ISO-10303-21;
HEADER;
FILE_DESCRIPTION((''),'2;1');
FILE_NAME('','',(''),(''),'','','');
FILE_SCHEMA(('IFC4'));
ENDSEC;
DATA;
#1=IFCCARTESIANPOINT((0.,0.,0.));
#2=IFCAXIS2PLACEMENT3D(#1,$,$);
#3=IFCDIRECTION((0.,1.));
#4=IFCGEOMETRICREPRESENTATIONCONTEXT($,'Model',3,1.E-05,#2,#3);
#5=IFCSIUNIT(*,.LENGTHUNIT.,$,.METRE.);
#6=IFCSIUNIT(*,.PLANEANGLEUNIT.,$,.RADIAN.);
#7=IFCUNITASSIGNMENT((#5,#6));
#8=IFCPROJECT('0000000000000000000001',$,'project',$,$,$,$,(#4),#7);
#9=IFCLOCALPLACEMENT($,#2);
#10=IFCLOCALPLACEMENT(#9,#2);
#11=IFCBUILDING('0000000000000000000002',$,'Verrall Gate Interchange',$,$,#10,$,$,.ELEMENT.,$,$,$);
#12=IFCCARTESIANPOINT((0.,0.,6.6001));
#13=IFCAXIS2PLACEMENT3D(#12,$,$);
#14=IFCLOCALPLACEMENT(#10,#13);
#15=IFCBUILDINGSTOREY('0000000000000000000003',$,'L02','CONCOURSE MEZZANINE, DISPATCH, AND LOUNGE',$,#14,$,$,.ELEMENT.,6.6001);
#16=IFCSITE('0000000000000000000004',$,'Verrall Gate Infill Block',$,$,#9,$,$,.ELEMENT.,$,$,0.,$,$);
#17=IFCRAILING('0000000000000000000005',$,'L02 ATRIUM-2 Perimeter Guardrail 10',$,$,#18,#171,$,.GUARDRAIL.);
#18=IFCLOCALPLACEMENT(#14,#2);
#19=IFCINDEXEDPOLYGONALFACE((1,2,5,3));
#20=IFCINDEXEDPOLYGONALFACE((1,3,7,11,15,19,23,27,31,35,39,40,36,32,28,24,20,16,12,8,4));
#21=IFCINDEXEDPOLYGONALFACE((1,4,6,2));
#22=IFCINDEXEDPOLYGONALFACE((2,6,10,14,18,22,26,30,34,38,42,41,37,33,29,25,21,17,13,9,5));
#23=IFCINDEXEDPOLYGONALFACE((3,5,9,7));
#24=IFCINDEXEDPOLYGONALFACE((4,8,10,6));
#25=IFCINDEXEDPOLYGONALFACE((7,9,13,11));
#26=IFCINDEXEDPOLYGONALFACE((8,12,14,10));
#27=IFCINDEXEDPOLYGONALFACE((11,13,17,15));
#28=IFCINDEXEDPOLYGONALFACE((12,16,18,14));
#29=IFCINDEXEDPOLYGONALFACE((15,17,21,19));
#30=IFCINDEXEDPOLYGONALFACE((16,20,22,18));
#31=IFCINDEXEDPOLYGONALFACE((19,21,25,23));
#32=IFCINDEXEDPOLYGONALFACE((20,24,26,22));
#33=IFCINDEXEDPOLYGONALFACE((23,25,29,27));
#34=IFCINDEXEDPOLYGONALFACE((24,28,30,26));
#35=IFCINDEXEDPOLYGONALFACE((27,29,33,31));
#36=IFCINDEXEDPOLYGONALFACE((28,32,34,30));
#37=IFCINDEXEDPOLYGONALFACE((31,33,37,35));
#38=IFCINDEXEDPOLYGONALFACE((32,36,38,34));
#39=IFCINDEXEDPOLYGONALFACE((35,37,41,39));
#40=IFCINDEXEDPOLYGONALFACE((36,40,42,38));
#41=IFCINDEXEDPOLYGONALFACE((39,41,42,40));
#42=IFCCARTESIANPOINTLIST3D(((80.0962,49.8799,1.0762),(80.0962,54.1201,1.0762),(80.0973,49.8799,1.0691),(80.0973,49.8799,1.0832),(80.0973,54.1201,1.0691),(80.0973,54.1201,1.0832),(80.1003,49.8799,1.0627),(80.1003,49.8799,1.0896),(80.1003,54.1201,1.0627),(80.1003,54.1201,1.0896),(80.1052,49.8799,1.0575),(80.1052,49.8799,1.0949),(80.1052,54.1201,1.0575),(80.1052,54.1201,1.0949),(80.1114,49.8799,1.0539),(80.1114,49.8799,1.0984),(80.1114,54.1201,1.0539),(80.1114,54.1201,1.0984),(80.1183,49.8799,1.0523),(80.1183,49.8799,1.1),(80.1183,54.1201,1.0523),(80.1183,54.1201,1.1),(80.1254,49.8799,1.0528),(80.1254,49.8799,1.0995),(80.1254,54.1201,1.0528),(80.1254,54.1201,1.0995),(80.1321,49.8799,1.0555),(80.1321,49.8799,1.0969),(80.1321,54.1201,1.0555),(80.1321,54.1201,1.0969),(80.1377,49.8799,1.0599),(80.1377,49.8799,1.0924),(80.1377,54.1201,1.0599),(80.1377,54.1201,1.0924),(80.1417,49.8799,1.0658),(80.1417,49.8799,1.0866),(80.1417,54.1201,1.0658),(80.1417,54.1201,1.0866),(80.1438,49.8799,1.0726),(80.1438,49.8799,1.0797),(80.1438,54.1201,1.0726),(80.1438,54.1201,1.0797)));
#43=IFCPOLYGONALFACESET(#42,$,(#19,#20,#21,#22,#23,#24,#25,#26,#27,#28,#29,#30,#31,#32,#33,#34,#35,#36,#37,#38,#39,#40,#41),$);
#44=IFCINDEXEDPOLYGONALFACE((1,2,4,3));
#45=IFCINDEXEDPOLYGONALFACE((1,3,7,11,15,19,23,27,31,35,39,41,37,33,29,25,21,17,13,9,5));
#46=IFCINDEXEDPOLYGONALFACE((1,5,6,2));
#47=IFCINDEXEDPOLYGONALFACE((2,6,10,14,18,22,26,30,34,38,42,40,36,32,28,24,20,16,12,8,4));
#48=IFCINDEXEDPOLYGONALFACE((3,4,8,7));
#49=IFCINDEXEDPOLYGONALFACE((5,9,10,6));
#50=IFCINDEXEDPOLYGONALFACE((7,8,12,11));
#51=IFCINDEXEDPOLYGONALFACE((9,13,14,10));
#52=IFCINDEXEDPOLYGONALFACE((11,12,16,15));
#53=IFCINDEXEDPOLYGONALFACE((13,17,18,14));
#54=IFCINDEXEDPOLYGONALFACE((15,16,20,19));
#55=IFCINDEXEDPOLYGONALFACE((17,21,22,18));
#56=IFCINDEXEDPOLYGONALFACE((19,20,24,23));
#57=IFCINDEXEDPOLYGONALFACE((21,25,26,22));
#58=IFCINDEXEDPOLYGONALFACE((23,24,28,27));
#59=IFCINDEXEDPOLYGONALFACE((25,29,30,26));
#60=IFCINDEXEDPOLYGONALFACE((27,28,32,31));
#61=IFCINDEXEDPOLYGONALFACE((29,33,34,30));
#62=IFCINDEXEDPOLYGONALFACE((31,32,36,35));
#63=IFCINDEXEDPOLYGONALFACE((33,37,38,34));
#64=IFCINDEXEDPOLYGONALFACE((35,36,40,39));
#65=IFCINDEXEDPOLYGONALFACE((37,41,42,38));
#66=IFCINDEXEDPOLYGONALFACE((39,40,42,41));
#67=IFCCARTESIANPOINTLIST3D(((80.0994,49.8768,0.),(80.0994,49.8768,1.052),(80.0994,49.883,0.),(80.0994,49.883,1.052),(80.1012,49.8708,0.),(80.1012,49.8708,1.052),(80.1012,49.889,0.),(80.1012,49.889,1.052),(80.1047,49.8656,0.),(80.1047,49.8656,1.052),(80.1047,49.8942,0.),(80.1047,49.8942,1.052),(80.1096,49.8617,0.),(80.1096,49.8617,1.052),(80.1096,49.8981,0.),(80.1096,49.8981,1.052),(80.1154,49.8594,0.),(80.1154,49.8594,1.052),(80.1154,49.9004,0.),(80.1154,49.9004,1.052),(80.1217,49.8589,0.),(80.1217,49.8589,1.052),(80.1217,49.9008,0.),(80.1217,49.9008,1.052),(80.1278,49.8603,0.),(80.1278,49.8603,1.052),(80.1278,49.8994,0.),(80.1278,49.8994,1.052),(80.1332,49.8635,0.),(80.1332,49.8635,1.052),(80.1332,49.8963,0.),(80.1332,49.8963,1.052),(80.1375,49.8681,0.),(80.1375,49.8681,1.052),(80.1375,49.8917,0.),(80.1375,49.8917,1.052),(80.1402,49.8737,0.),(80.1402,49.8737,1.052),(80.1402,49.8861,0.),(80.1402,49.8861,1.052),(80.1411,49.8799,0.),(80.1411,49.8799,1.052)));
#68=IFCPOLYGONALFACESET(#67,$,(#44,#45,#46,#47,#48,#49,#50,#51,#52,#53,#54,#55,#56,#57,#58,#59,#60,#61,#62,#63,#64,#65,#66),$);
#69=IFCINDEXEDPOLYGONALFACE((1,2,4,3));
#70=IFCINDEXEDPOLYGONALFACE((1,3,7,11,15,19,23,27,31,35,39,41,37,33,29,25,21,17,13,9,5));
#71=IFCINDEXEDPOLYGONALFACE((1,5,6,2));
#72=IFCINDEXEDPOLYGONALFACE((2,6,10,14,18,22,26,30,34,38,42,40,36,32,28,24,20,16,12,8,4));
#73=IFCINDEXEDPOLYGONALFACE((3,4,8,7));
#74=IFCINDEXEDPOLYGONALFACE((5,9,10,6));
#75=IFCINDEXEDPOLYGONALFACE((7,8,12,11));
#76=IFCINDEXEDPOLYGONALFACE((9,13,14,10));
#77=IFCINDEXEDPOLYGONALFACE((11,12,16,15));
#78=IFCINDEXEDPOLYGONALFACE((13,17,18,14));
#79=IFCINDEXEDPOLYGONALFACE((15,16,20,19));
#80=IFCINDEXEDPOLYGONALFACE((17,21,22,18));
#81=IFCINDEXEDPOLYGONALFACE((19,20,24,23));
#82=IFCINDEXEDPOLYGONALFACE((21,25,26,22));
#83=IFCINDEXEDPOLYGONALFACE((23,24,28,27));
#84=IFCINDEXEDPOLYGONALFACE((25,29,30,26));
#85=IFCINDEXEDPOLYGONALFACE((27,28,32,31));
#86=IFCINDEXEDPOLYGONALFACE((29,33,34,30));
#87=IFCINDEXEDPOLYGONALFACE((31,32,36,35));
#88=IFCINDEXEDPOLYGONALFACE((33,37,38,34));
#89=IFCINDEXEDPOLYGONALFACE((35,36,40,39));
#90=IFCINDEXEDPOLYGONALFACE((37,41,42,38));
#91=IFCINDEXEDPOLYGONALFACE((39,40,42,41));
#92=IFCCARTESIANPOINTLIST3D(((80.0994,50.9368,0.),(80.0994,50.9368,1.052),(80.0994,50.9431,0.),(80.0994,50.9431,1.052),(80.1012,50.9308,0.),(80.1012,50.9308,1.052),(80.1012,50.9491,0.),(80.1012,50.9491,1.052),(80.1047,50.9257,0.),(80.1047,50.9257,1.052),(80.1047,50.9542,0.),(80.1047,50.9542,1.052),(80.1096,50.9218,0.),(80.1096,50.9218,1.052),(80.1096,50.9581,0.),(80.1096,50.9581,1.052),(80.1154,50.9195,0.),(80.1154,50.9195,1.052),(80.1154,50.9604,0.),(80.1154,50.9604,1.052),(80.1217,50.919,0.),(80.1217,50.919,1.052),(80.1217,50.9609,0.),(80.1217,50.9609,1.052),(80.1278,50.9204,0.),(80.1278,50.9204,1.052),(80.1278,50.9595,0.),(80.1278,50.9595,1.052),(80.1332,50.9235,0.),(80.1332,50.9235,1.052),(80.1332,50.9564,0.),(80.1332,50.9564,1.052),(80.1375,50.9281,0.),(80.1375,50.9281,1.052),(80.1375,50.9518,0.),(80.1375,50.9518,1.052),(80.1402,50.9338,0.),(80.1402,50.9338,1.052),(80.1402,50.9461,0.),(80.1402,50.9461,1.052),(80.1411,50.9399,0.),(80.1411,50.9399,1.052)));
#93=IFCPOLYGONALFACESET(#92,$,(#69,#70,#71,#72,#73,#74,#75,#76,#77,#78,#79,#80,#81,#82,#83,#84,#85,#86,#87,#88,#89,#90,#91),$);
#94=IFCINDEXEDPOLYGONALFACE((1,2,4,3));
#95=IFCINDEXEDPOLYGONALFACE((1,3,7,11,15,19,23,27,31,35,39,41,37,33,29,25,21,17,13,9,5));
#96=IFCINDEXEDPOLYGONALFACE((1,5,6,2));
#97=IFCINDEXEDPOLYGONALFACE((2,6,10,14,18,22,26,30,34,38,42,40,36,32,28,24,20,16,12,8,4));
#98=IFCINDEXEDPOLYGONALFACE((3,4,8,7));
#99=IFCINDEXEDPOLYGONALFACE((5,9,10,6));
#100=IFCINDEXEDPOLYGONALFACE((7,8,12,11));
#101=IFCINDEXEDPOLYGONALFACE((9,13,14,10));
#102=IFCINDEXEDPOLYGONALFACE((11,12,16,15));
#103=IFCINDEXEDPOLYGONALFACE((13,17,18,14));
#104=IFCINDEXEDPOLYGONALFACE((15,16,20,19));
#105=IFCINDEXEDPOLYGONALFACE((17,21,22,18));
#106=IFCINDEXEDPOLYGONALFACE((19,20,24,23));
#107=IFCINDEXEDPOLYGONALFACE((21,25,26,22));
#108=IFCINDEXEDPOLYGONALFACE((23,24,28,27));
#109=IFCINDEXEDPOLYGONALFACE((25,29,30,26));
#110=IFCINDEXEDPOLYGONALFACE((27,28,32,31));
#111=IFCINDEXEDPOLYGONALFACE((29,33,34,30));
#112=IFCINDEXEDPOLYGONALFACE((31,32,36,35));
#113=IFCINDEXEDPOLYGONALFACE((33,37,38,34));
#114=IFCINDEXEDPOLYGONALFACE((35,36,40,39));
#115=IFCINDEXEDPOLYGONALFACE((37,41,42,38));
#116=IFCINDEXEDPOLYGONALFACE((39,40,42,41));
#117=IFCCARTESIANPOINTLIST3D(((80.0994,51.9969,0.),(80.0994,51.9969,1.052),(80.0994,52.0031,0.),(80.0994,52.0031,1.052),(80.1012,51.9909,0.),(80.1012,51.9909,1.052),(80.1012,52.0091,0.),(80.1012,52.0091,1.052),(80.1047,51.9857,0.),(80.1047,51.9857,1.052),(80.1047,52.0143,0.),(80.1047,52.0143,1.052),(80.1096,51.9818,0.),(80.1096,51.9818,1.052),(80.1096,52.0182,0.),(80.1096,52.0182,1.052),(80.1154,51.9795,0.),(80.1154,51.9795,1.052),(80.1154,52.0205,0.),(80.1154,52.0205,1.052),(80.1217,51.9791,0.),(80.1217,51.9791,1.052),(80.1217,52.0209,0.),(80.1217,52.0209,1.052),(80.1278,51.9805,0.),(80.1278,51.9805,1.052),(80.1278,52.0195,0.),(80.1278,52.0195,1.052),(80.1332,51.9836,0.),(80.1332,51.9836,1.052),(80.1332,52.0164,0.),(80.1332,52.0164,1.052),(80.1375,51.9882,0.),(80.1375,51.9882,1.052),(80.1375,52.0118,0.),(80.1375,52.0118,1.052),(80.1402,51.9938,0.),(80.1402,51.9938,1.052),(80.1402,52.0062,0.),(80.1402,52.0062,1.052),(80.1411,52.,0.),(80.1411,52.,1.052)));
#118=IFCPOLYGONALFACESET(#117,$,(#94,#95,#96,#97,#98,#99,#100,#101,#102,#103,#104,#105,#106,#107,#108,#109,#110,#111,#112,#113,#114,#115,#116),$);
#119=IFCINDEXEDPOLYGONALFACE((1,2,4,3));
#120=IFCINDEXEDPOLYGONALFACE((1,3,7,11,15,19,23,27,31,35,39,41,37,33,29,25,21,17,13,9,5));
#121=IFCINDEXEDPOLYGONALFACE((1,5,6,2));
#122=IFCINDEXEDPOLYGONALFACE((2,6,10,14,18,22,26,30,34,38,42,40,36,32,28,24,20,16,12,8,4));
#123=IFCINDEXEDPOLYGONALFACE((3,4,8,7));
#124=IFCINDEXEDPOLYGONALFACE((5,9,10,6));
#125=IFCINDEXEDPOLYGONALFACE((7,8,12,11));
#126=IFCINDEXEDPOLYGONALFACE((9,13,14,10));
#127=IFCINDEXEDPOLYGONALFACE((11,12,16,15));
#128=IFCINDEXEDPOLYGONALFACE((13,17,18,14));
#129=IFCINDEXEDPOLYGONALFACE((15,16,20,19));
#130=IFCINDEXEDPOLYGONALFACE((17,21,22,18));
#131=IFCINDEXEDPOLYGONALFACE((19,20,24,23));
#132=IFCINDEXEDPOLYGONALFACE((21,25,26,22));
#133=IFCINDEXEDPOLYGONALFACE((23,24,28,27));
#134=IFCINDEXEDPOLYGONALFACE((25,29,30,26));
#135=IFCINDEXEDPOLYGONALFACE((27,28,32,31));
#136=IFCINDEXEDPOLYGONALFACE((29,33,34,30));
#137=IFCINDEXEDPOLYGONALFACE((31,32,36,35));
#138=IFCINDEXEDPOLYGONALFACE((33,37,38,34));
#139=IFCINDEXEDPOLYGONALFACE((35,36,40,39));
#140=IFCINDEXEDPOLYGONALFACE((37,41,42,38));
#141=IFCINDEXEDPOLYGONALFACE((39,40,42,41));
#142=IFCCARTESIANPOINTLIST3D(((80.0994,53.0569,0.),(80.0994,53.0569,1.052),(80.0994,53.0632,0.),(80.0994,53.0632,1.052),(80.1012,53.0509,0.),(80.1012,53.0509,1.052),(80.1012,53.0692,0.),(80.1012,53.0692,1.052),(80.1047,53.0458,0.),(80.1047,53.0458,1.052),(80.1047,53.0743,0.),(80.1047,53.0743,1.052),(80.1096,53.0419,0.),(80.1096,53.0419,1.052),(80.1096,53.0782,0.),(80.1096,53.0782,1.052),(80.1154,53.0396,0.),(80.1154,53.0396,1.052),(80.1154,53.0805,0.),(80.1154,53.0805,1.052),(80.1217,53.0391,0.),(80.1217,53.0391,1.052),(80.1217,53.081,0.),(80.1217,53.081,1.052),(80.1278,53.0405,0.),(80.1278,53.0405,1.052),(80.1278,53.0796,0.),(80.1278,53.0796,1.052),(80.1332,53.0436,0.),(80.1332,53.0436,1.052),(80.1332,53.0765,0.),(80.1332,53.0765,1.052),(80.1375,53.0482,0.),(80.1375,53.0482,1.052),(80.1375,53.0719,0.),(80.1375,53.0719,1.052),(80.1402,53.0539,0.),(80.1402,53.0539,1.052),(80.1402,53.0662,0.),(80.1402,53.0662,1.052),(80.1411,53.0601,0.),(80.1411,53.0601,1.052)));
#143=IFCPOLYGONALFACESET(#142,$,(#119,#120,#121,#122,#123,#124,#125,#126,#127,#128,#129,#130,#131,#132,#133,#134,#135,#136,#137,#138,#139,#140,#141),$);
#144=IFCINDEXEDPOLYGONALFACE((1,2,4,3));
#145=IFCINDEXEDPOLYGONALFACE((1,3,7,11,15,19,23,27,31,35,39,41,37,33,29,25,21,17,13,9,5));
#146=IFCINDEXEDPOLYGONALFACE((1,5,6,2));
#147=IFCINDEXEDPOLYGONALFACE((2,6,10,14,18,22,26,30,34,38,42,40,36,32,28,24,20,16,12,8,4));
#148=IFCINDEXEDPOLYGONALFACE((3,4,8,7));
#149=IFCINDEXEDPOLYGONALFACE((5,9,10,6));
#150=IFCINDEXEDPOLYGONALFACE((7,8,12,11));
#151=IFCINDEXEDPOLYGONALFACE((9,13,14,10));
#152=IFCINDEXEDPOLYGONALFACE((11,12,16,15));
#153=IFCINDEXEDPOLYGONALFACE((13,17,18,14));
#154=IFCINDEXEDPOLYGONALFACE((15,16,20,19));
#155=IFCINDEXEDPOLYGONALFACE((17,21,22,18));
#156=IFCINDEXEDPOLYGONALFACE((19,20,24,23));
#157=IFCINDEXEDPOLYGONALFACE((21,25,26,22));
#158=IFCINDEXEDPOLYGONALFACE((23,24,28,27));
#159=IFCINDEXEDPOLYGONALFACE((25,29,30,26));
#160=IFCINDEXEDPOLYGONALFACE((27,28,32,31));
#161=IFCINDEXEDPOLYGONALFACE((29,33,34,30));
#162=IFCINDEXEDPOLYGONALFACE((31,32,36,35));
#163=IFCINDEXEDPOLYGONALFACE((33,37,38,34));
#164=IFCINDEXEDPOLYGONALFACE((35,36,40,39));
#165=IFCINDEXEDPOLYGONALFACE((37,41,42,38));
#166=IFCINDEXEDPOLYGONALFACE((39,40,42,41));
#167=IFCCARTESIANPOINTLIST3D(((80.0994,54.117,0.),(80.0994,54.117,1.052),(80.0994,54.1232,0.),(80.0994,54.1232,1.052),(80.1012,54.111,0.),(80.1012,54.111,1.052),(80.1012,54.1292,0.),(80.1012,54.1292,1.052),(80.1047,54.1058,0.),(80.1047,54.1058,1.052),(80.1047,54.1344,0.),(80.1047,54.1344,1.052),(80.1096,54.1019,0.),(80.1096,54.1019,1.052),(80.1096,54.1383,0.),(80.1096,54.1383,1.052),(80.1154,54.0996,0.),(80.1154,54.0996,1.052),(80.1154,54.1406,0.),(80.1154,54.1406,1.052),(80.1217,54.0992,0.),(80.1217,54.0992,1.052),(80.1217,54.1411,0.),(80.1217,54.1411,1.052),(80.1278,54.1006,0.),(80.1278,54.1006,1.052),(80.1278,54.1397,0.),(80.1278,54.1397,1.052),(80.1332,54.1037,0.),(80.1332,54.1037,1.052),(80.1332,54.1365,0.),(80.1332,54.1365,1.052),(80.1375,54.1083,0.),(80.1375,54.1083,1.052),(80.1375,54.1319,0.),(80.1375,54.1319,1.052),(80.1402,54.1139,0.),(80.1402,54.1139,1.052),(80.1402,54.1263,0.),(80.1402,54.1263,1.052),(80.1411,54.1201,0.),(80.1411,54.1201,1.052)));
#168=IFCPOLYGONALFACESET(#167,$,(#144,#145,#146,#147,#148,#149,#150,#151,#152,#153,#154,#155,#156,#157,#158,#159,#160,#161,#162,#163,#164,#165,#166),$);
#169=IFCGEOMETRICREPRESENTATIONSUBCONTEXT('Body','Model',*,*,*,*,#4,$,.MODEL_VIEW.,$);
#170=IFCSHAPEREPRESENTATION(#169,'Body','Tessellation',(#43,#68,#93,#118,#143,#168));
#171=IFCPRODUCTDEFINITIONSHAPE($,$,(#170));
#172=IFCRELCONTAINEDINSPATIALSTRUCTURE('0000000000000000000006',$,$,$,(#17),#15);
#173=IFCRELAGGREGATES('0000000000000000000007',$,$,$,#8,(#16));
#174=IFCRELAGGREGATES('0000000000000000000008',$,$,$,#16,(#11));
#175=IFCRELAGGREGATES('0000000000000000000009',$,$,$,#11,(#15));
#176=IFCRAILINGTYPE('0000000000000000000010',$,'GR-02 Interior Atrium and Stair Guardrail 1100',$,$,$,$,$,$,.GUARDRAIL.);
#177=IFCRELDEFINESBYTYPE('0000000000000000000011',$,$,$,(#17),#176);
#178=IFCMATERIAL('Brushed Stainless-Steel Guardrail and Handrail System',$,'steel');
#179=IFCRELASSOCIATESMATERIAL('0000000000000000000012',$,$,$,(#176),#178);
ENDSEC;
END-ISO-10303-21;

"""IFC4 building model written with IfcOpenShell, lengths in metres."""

from ifc_helpers import new_model, si_unit, direction, frame, origin, origin_2d, place, context, subcontext, project, spatial, circle, extrude, material, type_object, element, save


model = new_model("IFC4")

# Units and contexts
model_context = context("Model", 3, precision=1e-05, world=origin(), true_north=direction((0.0, 1.0)))
body_context = subcontext(model_context, "Body", "Model", "MODEL_VIEW")
ifc_project = project(units=[si_unit("LENGTHUNIT", "METRE"), si_unit("PLANEANGLEUNIT", "RADIAN")], contexts=[model_context])

# Site, building, storey
site_placement = place(None, origin())
site = spatial("IfcSite", under=ifc_project, at=site_placement, Name="Verrall Gate Infill Block", CompositionType="ELEMENT", RefElevation=0.0)
building_placement = place(site_placement, origin())
building = spatial("IfcBuilding", under=site, at=building_placement, Name="Verrall Gate Interchange", CompositionType="ELEMENT")
storey_placement = place(building_placement, frame((0.0, 0.0, 6.6001)))
storey = spatial("IfcBuildingStorey", under=building, at=storey_placement, Name="L02", Description="CONCOURSE MEZZANINE, DISPATCH, AND LOUNGE", CompositionType="ELEMENT", Elevation=6.6001)

# Railing
ifc_material_1 = material(Name="Brushed Stainless-Steel Guardrail and Handrail System", Category="steel")
railing_type = type_object("IfcRailingType", Name="GR-02 Interior Atrium and Stair Guardrail 1100", PredefinedType="GUARDRAIL", material=ifc_material_1)
railing_1_placement = place(storey_placement, frame((80.1201, 49.8799, 0.0)))
element("IfcRailing", 1, at=railing_1_placement, inside=storey, type_object=railing_type, Name="L02 ATRIUM-2 Perimeter Guardrail 10", PredefinedType="GUARDRAIL", context=body_context, shape_type="SweptSolid", body=[
    extrude(circle(Radius=0.0239, at=origin_2d()), frame((0.0, 0.0, 1.0762), z_axis=(0.0, 1.0, 0.0), x_axis=(-1.0, 0.0, 0.0)), (0.0, 0.0, 1.0), 4.2402),
    extrude(circle(Radius=0.021, at=origin_2d()), origin(), (0.0, 0.0, 1.0), 1.052),
    extrude(circle(Radius=0.021, at=origin_2d()), frame((0.0, 1.0601, 0.0)), (0.0, 0.0, 1.0), 1.052),
    extrude(circle(Radius=0.021, at=origin_2d()), frame((0.0, 2.1201, 0.0)), (0.0, 0.0, 1.0), 1.052),
    extrude(circle(Radius=0.021, at=origin_2d()), frame((0.0, 3.1802, 0.0)), (0.0, 0.0, 1.0), 1.052),
    extrude(circle(Radius=0.021, at=origin_2d()), frame((0.0, 4.2402, 0.0)), (0.0, 0.0, 1.0), 1.052),
])

save(model, "model.ifc")
